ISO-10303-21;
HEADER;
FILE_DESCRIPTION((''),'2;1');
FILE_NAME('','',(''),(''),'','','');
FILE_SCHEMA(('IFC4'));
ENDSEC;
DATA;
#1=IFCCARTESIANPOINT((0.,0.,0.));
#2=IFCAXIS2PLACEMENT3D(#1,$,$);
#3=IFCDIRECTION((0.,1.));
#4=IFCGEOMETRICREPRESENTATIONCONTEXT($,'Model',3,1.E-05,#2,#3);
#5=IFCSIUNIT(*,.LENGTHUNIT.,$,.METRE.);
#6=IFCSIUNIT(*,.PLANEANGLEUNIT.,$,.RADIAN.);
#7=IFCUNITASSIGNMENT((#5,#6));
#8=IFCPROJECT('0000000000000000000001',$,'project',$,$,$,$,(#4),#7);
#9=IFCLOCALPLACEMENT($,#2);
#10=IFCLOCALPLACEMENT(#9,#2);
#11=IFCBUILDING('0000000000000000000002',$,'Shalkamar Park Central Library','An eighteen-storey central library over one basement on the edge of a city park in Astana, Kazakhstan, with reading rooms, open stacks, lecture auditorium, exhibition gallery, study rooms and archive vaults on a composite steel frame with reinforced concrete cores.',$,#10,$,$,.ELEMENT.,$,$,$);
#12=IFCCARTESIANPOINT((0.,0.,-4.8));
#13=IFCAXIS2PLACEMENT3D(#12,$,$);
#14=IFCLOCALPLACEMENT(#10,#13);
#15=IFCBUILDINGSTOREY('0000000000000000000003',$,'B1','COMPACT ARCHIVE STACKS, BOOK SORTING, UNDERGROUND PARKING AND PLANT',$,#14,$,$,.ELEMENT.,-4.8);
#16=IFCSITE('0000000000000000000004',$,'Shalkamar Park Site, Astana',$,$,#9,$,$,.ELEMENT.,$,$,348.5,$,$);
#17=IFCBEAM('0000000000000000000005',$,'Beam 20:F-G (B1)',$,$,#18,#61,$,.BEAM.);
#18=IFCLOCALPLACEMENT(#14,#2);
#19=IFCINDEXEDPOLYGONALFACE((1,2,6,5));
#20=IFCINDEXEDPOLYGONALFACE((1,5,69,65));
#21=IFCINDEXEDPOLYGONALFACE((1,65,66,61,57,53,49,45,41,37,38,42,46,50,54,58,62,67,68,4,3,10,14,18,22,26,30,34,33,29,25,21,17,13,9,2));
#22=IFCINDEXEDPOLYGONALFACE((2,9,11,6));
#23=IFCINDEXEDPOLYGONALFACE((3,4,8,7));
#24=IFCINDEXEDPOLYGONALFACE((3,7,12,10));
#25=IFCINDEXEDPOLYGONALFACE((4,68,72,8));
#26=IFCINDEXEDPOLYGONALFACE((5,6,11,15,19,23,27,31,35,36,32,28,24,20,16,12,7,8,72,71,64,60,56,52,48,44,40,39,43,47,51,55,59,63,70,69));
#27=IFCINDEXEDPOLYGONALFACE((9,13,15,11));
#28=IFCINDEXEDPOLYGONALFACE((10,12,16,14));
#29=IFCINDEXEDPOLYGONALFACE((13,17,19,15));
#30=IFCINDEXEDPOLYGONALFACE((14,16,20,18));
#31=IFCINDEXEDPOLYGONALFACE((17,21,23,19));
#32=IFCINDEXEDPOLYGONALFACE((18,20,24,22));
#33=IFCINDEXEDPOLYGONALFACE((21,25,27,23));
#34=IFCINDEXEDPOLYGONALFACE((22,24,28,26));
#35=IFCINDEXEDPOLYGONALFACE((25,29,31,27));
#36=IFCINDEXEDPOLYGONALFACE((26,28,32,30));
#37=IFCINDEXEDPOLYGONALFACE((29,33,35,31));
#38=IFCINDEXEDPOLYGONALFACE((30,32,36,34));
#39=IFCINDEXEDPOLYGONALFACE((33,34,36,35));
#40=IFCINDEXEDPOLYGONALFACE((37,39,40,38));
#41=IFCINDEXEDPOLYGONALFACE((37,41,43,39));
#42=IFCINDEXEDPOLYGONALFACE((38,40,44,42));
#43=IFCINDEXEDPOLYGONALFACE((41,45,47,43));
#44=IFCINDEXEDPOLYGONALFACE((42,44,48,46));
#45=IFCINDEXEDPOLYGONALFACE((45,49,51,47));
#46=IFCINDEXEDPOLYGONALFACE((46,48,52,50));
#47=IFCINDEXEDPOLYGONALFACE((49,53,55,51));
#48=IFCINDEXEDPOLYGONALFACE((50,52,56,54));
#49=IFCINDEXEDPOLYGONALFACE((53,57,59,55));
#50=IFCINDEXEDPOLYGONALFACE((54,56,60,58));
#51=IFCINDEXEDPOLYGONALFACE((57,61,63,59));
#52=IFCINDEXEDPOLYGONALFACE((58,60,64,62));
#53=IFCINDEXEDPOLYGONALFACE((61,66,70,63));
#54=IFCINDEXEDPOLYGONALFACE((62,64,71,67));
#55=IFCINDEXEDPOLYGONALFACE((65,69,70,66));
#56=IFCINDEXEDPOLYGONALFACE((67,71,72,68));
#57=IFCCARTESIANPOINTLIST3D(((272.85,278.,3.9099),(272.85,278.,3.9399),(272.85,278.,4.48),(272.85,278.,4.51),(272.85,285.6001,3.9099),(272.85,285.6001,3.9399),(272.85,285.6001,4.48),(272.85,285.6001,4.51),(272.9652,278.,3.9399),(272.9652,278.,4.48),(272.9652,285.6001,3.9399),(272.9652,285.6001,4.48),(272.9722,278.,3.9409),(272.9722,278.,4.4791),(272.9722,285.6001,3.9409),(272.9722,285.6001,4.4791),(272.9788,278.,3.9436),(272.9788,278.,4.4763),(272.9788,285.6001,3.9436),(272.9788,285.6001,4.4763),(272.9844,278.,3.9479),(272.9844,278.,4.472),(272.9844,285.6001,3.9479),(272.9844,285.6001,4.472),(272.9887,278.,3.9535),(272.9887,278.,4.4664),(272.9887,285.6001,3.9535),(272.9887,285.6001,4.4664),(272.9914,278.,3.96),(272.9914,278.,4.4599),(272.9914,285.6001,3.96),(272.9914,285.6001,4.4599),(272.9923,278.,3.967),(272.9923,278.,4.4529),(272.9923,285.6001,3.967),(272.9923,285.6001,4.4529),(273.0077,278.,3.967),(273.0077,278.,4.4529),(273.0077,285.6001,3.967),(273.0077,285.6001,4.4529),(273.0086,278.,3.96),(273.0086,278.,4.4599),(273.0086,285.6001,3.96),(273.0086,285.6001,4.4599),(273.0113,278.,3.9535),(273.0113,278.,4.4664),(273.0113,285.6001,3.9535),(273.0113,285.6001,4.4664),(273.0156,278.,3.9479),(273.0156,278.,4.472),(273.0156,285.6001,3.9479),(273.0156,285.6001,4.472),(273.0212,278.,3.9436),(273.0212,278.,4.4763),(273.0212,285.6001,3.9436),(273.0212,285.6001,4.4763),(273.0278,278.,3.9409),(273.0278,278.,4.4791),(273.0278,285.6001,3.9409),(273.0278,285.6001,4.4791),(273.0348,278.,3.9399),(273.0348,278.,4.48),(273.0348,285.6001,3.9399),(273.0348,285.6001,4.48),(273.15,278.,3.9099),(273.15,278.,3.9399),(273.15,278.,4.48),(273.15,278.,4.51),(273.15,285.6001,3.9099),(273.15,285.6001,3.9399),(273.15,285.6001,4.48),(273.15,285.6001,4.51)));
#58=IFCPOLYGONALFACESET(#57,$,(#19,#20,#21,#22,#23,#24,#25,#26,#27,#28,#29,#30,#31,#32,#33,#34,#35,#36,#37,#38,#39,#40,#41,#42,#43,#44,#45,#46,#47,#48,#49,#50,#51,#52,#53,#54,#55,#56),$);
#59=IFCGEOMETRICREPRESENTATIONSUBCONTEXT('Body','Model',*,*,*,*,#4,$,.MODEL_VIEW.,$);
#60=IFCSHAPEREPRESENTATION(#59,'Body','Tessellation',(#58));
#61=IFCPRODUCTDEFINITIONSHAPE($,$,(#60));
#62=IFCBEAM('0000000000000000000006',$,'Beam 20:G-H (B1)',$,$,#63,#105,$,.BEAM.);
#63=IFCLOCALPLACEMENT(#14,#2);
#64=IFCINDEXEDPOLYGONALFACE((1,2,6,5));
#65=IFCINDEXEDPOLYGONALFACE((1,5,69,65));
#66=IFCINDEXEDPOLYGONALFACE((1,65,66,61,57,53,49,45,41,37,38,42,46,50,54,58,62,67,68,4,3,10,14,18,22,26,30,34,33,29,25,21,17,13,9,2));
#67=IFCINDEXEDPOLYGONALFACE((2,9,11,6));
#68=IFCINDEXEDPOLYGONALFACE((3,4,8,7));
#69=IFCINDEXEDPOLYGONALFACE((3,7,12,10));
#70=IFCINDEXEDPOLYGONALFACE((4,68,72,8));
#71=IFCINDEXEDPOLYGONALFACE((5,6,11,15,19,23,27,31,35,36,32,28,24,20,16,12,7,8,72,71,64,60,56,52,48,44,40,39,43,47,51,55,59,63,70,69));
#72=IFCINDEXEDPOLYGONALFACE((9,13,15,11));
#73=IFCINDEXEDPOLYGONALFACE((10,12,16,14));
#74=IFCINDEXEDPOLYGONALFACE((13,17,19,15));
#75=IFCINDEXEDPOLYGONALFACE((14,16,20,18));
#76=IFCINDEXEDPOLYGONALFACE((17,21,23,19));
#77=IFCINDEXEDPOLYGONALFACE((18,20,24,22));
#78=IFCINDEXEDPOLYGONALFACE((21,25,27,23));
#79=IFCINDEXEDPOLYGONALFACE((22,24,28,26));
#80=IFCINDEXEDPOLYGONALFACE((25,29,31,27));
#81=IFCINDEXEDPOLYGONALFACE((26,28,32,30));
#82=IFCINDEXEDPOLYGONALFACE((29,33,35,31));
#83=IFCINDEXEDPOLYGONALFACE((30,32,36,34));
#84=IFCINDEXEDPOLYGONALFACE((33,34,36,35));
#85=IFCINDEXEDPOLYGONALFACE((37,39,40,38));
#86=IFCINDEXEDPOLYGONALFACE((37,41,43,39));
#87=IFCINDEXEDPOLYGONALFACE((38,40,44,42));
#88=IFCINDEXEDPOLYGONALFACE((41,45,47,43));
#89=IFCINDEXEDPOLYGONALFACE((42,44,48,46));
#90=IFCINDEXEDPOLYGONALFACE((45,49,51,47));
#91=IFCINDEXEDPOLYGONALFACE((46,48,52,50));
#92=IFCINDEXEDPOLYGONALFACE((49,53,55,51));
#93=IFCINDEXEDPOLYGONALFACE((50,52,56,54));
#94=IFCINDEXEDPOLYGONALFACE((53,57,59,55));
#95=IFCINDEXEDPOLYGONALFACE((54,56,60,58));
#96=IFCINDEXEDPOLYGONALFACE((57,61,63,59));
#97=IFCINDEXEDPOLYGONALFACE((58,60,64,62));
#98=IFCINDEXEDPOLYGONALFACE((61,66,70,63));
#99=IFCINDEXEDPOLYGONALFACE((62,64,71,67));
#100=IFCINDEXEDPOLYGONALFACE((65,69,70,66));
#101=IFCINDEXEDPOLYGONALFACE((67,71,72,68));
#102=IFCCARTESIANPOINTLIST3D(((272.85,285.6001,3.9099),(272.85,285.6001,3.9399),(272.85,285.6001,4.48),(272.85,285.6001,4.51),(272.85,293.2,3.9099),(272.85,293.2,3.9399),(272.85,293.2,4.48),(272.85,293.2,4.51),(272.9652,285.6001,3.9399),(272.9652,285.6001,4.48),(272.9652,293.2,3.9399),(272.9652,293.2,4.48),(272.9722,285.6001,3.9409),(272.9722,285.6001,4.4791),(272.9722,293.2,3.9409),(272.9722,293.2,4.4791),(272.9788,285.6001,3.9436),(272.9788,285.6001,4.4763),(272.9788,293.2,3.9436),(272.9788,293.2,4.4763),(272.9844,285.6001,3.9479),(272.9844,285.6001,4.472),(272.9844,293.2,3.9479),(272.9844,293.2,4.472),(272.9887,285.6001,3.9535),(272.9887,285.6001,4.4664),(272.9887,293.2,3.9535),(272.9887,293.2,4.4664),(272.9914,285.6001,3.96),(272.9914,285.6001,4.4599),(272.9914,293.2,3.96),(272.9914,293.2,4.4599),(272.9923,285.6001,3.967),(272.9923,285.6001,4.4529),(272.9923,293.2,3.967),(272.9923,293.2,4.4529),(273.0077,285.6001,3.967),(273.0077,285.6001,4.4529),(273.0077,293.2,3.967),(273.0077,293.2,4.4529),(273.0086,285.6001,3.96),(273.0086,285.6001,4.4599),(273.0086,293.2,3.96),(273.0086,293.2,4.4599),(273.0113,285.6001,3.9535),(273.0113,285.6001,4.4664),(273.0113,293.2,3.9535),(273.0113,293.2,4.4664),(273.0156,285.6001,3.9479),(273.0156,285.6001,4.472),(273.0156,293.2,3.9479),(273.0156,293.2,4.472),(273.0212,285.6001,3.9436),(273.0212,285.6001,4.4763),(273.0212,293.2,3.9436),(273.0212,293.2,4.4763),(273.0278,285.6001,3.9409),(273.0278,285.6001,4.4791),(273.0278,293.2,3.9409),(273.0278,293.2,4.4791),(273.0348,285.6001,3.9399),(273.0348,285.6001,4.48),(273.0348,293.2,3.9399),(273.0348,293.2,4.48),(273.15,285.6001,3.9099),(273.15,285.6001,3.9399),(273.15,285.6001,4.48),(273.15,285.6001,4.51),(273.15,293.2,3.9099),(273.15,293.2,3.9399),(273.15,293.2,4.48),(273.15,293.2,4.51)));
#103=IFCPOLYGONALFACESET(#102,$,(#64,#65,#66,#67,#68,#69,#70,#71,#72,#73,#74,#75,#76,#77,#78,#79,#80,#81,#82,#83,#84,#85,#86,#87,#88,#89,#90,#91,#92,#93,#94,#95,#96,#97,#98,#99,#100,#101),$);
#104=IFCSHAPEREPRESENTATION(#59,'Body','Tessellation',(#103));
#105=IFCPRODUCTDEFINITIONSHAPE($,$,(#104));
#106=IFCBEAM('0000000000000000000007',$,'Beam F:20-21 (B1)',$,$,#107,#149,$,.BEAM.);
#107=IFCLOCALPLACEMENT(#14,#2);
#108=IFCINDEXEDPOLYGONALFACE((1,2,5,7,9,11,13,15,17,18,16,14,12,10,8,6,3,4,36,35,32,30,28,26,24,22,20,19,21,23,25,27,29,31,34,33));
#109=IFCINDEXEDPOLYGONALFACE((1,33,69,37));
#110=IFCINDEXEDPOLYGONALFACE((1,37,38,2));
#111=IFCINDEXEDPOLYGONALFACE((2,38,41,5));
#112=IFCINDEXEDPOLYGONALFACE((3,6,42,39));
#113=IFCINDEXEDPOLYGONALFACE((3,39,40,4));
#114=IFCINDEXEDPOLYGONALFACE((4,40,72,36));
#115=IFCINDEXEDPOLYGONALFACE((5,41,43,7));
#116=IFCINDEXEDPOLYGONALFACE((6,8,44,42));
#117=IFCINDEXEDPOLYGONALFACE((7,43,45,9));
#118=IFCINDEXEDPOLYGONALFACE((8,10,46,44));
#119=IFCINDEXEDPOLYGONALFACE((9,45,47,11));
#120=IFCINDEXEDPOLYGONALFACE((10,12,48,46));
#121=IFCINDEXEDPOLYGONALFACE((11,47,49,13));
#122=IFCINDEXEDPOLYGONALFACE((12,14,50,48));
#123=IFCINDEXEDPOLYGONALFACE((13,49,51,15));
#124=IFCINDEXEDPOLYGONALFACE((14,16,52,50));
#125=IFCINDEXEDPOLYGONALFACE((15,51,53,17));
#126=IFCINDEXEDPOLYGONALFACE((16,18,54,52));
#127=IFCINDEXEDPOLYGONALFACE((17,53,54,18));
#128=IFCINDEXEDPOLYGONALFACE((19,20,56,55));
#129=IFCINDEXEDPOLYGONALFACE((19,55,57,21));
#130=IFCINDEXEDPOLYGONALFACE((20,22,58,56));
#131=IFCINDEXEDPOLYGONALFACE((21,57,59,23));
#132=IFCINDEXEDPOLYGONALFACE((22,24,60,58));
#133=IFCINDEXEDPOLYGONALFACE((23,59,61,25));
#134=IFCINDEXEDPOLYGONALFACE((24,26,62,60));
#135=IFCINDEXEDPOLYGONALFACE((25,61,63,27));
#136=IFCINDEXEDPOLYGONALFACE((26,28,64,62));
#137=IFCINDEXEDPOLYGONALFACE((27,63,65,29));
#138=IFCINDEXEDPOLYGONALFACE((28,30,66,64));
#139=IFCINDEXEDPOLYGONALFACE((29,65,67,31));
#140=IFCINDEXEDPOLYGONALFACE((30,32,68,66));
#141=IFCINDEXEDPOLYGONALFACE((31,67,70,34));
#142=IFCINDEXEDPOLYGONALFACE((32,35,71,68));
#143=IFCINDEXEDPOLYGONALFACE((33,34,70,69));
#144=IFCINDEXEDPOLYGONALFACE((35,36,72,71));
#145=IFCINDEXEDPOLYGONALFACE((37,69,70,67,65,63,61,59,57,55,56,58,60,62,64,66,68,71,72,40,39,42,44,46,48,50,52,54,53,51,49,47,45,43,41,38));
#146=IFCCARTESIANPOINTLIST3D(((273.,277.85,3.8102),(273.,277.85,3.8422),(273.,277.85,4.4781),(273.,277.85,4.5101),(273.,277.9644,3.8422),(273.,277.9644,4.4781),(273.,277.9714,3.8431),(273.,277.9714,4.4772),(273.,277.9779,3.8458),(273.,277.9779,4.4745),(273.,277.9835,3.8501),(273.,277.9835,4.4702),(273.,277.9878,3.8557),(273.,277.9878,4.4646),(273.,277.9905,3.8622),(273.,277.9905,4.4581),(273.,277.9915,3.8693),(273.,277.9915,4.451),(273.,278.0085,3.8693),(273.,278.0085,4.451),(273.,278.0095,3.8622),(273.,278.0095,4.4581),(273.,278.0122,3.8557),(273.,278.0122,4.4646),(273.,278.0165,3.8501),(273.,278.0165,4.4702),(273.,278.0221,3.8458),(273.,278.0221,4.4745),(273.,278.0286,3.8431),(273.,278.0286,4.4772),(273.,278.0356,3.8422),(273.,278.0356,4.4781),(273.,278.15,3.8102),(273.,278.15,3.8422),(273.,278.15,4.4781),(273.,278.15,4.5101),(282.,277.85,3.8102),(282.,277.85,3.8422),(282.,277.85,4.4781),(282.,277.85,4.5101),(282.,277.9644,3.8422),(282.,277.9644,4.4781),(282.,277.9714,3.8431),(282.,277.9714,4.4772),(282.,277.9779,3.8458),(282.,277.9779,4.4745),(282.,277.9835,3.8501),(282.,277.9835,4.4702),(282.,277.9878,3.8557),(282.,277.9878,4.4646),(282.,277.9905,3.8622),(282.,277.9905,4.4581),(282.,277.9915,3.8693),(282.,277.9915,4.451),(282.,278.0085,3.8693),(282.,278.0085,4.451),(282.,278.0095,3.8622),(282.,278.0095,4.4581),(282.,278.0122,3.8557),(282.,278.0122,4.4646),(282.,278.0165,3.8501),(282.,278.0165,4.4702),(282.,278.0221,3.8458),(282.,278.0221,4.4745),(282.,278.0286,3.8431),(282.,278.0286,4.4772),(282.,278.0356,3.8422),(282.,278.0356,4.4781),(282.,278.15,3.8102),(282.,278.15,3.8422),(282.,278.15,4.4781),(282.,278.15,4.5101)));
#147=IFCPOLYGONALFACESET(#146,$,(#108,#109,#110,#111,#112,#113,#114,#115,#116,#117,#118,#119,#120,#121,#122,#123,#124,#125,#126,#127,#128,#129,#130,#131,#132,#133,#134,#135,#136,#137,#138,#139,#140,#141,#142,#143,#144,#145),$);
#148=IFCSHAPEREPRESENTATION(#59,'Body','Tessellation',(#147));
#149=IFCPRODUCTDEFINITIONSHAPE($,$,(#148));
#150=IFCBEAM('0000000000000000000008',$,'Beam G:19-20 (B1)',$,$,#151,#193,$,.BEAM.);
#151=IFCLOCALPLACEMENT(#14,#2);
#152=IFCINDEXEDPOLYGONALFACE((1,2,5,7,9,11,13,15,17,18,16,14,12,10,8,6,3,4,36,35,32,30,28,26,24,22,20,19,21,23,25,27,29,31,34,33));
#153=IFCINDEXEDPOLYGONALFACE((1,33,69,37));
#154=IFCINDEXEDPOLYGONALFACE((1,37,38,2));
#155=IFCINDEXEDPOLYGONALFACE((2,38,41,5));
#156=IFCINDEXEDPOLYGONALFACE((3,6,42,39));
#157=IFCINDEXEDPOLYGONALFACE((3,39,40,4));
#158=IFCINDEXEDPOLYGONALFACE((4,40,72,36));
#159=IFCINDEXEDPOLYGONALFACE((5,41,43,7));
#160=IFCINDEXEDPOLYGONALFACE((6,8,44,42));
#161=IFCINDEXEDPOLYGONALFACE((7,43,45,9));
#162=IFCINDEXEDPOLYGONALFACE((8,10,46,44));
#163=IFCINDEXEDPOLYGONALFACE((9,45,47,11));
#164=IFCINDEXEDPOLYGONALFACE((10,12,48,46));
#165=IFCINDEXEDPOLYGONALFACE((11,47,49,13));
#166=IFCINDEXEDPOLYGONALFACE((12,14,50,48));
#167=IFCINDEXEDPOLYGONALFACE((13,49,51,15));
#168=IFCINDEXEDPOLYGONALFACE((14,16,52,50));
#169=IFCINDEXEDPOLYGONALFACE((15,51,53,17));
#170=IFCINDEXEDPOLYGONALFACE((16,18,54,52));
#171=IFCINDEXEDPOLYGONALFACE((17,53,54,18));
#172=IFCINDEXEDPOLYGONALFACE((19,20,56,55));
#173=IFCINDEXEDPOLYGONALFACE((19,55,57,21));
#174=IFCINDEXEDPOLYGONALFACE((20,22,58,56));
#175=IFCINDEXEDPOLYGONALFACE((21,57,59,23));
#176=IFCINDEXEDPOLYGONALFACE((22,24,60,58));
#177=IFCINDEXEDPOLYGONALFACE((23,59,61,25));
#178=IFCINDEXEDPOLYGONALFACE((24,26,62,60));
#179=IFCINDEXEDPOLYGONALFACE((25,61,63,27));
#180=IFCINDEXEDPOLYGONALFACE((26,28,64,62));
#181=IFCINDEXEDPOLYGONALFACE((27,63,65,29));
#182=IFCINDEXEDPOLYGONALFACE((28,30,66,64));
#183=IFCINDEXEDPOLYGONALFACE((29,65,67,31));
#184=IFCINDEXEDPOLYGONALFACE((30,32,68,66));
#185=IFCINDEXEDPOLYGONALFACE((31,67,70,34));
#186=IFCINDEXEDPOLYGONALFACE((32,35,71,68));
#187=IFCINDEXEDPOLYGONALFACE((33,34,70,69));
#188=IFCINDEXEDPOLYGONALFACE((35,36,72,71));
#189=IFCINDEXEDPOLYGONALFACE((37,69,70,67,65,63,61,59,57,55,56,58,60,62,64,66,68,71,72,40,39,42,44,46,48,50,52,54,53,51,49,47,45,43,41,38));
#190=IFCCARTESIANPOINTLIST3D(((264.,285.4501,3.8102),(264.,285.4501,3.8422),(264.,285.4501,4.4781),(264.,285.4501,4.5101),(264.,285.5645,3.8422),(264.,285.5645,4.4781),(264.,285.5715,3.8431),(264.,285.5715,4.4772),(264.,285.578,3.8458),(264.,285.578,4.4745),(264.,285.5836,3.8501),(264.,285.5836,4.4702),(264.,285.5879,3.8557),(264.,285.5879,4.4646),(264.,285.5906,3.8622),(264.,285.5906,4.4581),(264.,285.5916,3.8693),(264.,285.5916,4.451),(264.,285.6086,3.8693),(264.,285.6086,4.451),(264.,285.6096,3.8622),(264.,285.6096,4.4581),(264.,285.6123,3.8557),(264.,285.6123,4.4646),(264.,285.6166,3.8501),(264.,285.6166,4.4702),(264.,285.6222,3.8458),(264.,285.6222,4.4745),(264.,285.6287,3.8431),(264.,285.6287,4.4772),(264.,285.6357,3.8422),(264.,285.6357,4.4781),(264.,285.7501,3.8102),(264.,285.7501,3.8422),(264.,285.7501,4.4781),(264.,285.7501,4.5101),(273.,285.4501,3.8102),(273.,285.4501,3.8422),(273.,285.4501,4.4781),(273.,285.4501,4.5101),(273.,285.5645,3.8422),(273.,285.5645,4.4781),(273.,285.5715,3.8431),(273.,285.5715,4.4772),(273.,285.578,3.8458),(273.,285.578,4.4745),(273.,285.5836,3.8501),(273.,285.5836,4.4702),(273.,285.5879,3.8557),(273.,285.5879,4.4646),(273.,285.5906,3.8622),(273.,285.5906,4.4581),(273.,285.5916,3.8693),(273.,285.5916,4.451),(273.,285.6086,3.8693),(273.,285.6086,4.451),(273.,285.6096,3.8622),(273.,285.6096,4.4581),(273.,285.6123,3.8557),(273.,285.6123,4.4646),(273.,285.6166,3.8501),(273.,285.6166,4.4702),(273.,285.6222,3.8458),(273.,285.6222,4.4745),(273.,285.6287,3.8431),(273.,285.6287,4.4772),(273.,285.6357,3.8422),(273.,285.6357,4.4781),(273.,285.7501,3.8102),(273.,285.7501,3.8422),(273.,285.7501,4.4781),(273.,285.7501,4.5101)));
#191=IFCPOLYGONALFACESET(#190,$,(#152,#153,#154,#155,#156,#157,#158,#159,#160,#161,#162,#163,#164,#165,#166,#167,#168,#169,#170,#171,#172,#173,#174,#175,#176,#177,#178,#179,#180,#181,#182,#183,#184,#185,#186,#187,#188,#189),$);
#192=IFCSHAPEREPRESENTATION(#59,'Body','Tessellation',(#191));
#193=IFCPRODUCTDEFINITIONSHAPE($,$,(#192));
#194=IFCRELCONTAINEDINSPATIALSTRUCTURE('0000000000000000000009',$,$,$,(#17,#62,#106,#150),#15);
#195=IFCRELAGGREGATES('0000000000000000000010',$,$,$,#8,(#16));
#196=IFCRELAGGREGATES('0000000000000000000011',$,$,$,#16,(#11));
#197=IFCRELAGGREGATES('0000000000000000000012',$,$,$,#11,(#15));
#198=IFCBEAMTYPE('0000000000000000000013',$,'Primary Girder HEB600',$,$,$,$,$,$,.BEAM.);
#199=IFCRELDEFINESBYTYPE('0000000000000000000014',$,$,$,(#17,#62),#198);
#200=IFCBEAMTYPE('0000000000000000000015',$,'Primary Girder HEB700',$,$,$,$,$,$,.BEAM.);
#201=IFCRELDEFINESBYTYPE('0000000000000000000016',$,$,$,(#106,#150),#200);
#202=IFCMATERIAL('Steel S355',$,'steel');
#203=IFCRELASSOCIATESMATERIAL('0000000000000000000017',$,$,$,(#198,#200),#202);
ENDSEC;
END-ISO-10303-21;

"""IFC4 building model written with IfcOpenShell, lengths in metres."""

from ifc_helpers import new_model, si_unit, direction, frame, origin, origin_2d, place, context, subcontext, project, spatial, i_section, extrude, material, material_profile, profile_set, type_object, element, save


model = new_model("IFC4")

# Units and contexts
model_context = context("Model", 3, precision=1e-05, world=origin(), true_north=direction((0.0, 1.0)))
body_context = subcontext(model_context, "Body", "Model", "MODEL_VIEW")
ifc_project = project(units=[si_unit("LENGTHUNIT", "METRE"), si_unit("PLANEANGLEUNIT", "RADIAN")], contexts=[model_context])

# Site, building, storey
site_placement = place(None, origin())
site = spatial("IfcSite", under=ifc_project, at=site_placement, Name="Shalkamar Park Site, Astana", CompositionType="ELEMENT", RefElevation=348.5)
building_placement = place(site_placement, origin())
building = spatial("IfcBuilding", under=site, at=building_placement, Name="Shalkamar Park Central Library", Description="An eighteen-storey central library over one basement on the edge of a city park in Astana, Kazakhstan, with reading rooms, open stacks, lecture auditorium, exhibition gallery, study rooms and archive vaults on a composite steel frame with reinforced concrete cores.", CompositionType="ELEMENT")
storey_placement = place(building_placement, frame((0.0, 0.0, -4.8)))
storey = spatial("IfcBuildingStorey", under=building, at=storey_placement, Name="B1", Description="COMPACT ARCHIVE STACKS, BOOK SORTING, UNDERGROUND PARKING AND PLANT", CompositionType="ELEMENT", Elevation=-4.8)

# Shared definitions
ifc_material_1 = material(Name="Steel S355", Category="steel")

# Beams
ifc_material_profile_1 = material_profile(ifc_material_1, i_section(OverallWidth=0.3, OverallDepth=0.6001, WebThickness=0.0154, FlangeThickness=0.03, FilletRadius=0.0271, at=origin_2d()), Name="HEB 600")
ifc_profile_set_1 = profile_set([ifc_material_profile_1], Name="Steel S355")
beam_type_1 = type_object("IfcBeamType", Name="Primary Girder HEB600", PredefinedType="BEAM", material=ifc_profile_set_1)
beam_1_placement = place(storey_placement, frame((273.0, 278.0, 4.21), z_axis=(0.0, 1.0, 0.0), x_axis=(-1.0, 0.0, 0.0)))
element("IfcBeam", 1, at=beam_1_placement, inside=storey, type_object=beam_type_1, Name="Beam 20:F-G (B1)", PredefinedType="BEAM", context=body_context, shape_type="SweptSolid", body=[
    extrude(i_section(OverallWidth=0.3, OverallDepth=0.6001, WebThickness=0.0154, FlangeThickness=0.03, FilletRadius=0.0271, at=origin_2d()), origin(), (0.0, 0.0, 1.0), 7.6001),
])
beam_2_placement = place(storey_placement, frame((273.0, 285.6001, 4.21), z_axis=(0.0, 1.0, 0.0), x_axis=(-1.0, 0.0, 0.0)))
element("IfcBeam", 2, at=beam_2_placement, inside=storey, type_object=beam_type_1, Name="Beam 20:G-H (B1)", PredefinedType="BEAM", context=body_context, shape_type="SweptSolid", body=[
    extrude(i_section(OverallWidth=0.3, OverallDepth=0.6001, WebThickness=0.0154, FlangeThickness=0.03, FilletRadius=0.0271, at=origin_2d()), origin(), (0.0, 0.0, 1.0), 7.5999),
])
ifc_material_profile_2 = material_profile(ifc_material_1, i_section(OverallWidth=0.3, OverallDepth=0.7, WebThickness=0.0171, FlangeThickness=0.032, FilletRadius=0.0271, at=origin_2d()), Name="HEB 700")
ifc_profile_set_2 = profile_set([ifc_material_profile_2], Name="Steel S355")
beam_type_2 = type_object("IfcBeamType", Name="Primary Girder HEB700", PredefinedType="BEAM", material=ifc_profile_set_2)
for number, where, z_axis, x_axis, name in (
    (3, (273.0, 278.0, 4.1602), (1.0, 0.0, 0.0), (0.0, 1.0, 0.0), "Beam F:20-21 (B1)"),
    (4, (264.0, 285.6001, 4.1602), (1.0, 0.0, 0.0), (0.0, 1.0, 0.0), "Beam G:19-20 (B1)"),
):
    element("IfcBeam", number, at=place(storey_placement, frame(where, z_axis=z_axis, x_axis=x_axis)), inside=storey, type_object=beam_type_2, Name=name, PredefinedType="BEAM", context=body_context, shape_type="SweptSolid", body=[
        extrude(i_section(OverallWidth=0.3, OverallDepth=0.7, WebThickness=0.0171, FlangeThickness=0.032, FilletRadius=0.0271, at=origin_2d()), origin(), (0.0, 0.0, 1.0), 9.0),
    ])

save(model, "model.ifc")
